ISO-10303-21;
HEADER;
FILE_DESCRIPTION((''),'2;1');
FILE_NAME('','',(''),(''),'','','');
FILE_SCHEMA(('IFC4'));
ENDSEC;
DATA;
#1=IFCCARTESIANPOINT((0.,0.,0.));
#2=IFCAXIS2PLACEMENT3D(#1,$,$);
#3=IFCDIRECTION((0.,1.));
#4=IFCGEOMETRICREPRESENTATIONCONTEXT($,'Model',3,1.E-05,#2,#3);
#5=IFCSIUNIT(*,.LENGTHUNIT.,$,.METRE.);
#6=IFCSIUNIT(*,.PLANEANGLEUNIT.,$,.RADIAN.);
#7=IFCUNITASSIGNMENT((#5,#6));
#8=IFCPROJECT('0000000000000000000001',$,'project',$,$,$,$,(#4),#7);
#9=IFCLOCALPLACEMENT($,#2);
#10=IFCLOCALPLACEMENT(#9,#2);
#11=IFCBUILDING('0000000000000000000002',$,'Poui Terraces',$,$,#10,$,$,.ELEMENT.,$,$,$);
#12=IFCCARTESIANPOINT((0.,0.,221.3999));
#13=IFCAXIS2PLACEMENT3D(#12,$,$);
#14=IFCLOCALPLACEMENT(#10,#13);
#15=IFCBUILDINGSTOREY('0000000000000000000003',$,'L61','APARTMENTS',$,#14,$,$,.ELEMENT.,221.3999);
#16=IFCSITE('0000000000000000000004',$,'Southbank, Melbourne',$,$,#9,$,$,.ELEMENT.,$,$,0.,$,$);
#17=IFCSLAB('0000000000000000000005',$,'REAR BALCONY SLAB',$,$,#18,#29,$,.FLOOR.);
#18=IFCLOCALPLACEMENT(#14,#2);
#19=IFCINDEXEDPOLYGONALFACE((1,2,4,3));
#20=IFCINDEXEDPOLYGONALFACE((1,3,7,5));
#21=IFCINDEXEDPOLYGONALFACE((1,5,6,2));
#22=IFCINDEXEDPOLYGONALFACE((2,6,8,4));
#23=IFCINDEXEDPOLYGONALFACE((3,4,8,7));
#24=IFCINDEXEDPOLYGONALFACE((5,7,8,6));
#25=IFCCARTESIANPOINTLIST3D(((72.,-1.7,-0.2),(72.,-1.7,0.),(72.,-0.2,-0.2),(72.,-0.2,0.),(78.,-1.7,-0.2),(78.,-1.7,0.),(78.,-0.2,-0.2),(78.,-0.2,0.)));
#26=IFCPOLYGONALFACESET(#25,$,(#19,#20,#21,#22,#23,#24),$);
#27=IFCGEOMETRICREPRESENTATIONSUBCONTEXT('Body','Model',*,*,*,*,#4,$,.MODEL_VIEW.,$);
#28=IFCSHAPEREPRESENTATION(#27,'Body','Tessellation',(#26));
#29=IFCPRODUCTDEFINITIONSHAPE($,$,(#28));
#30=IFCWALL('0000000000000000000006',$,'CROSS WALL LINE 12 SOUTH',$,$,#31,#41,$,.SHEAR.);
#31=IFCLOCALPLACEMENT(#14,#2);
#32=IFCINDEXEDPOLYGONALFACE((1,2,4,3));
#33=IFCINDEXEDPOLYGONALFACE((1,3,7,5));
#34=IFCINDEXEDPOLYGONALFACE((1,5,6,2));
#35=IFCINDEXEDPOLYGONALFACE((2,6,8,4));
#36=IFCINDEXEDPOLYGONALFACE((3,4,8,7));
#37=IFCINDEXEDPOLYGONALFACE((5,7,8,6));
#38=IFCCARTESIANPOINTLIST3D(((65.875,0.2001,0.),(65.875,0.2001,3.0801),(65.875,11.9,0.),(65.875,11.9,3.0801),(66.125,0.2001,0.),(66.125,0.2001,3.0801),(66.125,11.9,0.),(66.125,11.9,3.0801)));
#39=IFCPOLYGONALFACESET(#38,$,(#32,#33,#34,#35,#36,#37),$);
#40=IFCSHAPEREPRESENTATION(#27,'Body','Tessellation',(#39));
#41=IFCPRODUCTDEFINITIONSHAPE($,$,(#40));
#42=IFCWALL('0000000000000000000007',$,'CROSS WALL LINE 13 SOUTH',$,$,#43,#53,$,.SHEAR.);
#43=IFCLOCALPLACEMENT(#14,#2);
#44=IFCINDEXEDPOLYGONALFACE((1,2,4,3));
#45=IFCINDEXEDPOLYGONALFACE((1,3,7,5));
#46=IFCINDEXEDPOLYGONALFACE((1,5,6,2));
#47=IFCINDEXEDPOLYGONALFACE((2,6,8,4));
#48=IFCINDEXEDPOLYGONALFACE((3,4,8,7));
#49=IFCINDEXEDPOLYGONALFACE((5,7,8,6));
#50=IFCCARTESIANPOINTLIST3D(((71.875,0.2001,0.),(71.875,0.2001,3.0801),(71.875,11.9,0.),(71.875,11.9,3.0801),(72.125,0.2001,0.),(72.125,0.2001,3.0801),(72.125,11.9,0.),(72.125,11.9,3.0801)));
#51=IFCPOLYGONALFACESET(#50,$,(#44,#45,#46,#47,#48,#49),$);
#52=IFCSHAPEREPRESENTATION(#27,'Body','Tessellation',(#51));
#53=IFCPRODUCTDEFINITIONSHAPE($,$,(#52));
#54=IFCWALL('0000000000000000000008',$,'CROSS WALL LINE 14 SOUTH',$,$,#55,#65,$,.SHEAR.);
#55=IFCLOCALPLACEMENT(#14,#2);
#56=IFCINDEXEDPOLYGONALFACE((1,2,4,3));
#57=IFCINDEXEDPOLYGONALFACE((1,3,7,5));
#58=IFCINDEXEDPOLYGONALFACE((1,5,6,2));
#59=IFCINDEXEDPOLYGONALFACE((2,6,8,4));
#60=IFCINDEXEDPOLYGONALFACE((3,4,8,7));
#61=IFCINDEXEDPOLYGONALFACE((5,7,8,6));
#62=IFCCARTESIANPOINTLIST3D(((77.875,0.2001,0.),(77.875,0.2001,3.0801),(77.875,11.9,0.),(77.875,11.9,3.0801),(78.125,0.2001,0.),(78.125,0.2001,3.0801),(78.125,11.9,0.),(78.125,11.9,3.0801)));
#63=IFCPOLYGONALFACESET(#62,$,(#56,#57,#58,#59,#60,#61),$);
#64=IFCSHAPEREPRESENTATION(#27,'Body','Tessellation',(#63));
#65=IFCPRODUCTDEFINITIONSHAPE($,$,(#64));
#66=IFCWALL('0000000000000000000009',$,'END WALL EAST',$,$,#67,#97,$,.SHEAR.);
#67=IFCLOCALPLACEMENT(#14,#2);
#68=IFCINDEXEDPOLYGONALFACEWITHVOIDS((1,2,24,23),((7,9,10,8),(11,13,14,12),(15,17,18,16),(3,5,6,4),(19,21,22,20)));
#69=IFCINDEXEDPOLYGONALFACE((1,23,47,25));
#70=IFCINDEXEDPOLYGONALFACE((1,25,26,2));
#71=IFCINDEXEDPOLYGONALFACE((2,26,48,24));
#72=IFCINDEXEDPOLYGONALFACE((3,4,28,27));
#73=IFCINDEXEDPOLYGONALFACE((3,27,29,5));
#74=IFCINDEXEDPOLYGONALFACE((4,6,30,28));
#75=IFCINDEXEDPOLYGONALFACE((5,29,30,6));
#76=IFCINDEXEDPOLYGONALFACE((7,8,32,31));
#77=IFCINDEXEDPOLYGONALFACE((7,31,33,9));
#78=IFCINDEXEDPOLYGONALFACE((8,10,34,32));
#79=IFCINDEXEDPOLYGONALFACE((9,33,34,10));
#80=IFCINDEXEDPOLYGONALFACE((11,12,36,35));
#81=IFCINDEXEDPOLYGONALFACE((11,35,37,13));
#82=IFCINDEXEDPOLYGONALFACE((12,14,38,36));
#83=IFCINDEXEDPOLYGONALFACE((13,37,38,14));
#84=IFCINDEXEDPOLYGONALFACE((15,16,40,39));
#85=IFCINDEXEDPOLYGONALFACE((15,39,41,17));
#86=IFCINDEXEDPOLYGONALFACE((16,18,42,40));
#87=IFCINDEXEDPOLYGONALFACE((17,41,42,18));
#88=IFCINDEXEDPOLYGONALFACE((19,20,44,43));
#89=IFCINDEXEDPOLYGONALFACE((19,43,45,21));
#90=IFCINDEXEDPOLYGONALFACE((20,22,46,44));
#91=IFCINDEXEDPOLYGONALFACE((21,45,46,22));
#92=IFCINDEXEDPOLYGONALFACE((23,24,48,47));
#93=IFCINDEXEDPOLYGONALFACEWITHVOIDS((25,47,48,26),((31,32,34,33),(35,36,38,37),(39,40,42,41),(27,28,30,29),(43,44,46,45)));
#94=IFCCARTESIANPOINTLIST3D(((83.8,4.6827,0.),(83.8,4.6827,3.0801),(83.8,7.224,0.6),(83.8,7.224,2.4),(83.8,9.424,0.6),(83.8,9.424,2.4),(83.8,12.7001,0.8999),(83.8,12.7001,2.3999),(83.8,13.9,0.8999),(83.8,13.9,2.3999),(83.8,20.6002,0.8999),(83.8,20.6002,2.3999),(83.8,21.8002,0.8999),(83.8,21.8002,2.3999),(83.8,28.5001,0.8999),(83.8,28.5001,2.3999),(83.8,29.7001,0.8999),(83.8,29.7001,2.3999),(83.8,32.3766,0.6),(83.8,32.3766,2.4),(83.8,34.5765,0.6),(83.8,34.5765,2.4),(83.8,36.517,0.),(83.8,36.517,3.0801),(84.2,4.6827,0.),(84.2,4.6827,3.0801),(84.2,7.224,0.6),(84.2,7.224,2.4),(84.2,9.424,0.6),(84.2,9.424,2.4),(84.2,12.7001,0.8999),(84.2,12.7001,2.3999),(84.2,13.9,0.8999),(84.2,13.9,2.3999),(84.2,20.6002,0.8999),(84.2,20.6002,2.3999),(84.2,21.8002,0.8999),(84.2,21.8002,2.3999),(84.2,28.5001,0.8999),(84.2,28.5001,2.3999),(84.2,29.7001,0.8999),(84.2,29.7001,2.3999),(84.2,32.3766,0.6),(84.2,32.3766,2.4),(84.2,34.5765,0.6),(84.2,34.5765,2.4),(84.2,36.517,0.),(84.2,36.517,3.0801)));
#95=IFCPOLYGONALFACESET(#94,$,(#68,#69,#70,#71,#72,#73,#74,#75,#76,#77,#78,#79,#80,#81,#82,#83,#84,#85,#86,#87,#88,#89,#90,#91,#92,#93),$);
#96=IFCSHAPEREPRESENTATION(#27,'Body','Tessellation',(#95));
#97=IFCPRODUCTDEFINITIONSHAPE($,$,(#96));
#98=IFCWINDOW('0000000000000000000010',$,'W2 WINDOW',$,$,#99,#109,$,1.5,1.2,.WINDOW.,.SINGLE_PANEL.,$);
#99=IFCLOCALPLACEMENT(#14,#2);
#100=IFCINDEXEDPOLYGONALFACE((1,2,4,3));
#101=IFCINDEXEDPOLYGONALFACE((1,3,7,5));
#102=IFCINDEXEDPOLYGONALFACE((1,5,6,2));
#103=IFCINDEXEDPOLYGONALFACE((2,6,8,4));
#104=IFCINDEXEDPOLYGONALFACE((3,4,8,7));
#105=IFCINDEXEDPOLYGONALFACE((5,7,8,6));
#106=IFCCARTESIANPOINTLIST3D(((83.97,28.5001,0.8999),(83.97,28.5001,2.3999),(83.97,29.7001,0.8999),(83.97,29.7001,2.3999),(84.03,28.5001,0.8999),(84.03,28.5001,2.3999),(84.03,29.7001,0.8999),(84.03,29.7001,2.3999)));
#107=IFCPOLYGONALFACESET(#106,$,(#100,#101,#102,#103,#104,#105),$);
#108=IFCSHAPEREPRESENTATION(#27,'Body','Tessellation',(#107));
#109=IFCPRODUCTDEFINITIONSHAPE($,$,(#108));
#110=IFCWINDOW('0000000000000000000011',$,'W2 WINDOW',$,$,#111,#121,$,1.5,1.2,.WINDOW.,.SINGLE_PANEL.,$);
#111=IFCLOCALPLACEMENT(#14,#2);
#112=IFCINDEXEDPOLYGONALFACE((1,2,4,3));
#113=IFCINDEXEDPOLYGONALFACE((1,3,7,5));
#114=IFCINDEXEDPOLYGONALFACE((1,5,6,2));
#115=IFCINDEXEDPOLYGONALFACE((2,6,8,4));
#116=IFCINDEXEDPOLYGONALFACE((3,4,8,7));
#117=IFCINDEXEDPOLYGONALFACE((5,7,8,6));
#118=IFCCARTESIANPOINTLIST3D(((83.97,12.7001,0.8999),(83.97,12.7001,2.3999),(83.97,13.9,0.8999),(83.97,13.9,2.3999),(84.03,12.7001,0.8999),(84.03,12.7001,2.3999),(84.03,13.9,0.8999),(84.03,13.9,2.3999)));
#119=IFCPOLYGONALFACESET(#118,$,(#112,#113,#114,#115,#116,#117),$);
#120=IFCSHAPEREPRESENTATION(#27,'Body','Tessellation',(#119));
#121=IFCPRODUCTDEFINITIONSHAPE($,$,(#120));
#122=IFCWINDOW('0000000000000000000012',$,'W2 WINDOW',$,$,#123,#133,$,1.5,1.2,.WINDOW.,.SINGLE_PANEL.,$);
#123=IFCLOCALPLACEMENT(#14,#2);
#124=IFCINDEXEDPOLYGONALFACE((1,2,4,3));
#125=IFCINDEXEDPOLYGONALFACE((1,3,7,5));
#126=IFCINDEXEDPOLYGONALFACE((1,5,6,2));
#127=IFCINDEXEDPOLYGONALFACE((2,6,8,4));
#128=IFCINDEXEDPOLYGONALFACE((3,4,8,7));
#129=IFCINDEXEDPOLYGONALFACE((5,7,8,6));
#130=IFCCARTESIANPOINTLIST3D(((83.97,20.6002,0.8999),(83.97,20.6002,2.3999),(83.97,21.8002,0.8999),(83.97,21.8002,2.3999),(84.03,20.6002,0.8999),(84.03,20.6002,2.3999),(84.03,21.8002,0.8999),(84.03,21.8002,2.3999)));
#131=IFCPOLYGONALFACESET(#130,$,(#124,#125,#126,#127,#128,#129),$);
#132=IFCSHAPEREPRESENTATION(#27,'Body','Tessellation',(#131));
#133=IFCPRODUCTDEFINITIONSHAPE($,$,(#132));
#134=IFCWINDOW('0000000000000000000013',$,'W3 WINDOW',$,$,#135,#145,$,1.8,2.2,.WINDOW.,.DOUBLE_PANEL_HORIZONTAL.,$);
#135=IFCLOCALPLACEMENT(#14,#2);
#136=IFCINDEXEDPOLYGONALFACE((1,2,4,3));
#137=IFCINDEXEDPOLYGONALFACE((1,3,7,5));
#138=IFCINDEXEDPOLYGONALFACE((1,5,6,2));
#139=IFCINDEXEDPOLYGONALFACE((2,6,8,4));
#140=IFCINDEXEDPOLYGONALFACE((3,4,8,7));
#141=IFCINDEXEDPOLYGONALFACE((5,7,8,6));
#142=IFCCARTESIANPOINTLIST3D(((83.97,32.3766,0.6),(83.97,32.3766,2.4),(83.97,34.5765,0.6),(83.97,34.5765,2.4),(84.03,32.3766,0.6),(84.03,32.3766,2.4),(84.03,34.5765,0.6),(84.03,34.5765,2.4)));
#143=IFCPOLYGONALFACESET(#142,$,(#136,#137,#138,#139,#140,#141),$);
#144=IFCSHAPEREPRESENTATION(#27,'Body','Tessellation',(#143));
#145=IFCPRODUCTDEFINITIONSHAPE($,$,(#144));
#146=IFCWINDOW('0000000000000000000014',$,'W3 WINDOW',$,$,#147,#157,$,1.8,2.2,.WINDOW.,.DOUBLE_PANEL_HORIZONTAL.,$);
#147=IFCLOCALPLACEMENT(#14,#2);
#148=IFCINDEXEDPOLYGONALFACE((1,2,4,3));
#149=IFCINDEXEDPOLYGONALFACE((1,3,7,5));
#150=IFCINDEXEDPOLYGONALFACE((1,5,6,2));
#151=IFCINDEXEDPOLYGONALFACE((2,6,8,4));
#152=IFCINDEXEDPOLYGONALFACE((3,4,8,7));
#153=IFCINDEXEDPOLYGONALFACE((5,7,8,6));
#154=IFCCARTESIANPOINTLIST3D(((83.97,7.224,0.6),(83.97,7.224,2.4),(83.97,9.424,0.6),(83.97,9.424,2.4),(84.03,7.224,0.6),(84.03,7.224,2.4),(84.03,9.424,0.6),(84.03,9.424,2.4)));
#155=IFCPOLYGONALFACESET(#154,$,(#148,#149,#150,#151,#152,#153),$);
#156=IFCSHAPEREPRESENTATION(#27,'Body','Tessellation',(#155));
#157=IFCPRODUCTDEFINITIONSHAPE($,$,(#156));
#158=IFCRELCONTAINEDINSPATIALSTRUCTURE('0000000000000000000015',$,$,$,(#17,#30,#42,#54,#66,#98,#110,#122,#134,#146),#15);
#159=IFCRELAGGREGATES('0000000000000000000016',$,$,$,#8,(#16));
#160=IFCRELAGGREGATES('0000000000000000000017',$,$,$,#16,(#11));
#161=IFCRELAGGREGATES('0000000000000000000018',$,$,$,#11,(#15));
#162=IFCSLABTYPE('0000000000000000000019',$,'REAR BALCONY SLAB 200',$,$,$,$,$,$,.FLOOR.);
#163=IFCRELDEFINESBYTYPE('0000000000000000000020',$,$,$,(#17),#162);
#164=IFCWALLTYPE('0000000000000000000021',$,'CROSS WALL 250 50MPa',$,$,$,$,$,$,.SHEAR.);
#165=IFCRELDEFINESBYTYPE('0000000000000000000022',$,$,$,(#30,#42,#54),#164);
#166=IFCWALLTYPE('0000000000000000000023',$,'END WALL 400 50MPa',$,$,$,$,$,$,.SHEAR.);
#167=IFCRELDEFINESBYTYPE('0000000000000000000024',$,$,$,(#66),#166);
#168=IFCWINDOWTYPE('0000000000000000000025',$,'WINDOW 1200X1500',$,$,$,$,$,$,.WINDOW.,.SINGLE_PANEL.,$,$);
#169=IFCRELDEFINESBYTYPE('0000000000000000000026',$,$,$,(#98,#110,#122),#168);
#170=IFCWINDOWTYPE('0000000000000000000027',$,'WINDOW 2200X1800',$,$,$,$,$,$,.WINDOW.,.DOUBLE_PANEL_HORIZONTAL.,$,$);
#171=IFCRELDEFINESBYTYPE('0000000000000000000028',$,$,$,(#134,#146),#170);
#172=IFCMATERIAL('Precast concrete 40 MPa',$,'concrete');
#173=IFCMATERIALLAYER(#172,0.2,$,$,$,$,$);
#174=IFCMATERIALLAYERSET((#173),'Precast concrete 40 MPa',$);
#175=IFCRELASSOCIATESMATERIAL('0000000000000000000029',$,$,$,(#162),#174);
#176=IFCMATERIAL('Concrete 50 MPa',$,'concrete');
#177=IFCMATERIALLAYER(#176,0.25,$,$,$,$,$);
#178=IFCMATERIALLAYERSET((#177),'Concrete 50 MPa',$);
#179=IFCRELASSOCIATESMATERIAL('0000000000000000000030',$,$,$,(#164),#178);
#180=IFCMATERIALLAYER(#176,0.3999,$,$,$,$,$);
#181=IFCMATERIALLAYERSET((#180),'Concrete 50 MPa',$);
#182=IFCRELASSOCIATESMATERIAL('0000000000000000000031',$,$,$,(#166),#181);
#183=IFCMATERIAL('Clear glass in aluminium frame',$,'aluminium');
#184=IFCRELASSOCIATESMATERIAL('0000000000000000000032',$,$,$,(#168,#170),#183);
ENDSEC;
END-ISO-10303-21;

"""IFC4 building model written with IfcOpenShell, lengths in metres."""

from ifc_helpers import new_model, si_unit, direction, frame, frame_2d, origin, place, context, subcontext, project, spatial, polyline, rectangle, outline, extrude, source, transform, mapped, material, layer, layer_set, type_object, element, fill, save


model = new_model("IFC4")

# Units and contexts
model_context = context("Model", 3, precision=1e-05, world=origin(), true_north=direction((0.0, 1.0)))
body_context = subcontext(model_context, "Body", "Model", "MODEL_VIEW")
ifc_project = project(units=[si_unit("LENGTHUNIT", "METRE"), si_unit("PLANEANGLEUNIT", "RADIAN")], contexts=[model_context])

# Site, building, storey
site_placement = place(None, origin())
site = spatial("IfcSite", under=ifc_project, at=site_placement, Name="Southbank, Melbourne", CompositionType="ELEMENT", RefElevation=0.0)
building_placement = place(site_placement, origin())
building = spatial("IfcBuilding", under=site, at=building_placement, Name="Poui Terraces", CompositionType="ELEMENT")
storey_placement = place(building_placement, frame((0.0, 0.0, 221.3999)))
storey = spatial("IfcBuildingStorey", under=building, at=storey_placement, Name="L61", Description="APARTMENTS", CompositionType="ELEMENT", Elevation=221.3999)

# Slab
ifc_material_1 = material(Name="Precast concrete 40 MPa", Category="concrete")
ifc_layer_1 = layer(ifc_material_1, 0.2)
ifc_layer_set_1 = layer_set([ifc_layer_1], Name="Precast concrete 40 MPa")
slab_type = type_object("IfcSlabType", Name="REAR BALCONY SLAB 200", PredefinedType="FLOOR", material=ifc_layer_set_1)
shared_shape_1 = source(origin(), body_context, "Body", "SweptSolid", [
    extrude(outline(polyline([(0.0, 0.0), (6.0, 0.0), (6.0, 1.5), (0.0, 1.5), (0.0, 0.0)])), origin(), (0.0, 0.0, 1.0), 0.2),
])
slab_placement = place(storey_placement, frame((72.0, -1.7, -0.2)))
element("IfcSlab", 1, at=slab_placement, inside=storey, type_object=slab_type, Name="REAR BALCONY SLAB", PredefinedType="FLOOR", context=body_context, shape_type="MappedRepresentation", body=[
    mapped(shared_shape_1, transform((0.0, 0.0, 0.0))),
])

# Walls
ifc_material_2 = material(Name="Concrete 50 MPa", Category="concrete")
ifc_layer_2 = layer(ifc_material_2, 0.25)
ifc_layer_set_2 = layer_set([ifc_layer_2], Name="Concrete 50 MPa")
wall_type_1 = type_object("IfcWallType", Name="CROSS WALL 250 50MPa", PredefinedType="SHEAR", material=ifc_layer_set_2)
for number, where, z_axis, x_axis, name in (
    (2, (66.0, 0.2, 0.0), (0.0, 0.0, 1.0), (0.0, 1.0, 0.0), "CROSS WALL LINE 12 SOUTH"),
    (3, (72.0, 0.2, 0.0), (0.0, 0.0, 1.0), (0.0, 1.0, 0.0), "CROSS WALL LINE 13 SOUTH"),
    (4, (78.0, 0.2, 0.0), (0.0, 0.0, 1.0), (0.0, 1.0, 0.0), "CROSS WALL LINE 14 SOUTH"),
):
    element("IfcWall", number, at=place(storey_placement, frame(where, z_axis=z_axis, x_axis=x_axis)), inside=storey, type_object=wall_type_1, Name=name, PredefinedType="SHEAR", context=body_context, shape_type="SweptSolid", body=[
        extrude(rectangle(XDim=11.7, YDim=0.25, at=frame_2d((5.8501, 0.0))), origin(), (0.0, 0.0, 1.0), 3.0801),
    ])

# Wall, openings, windows
ifc_layer_3 = layer(ifc_material_2, 0.3999)
ifc_layer_set_3 = layer_set([ifc_layer_3], Name="Concrete 50 MPa")
wall_type_2 = type_object("IfcWallType", Name="END WALL 400 50MPa", PredefinedType="SHEAR", material=ifc_layer_set_3)
wall_1_placement = place(storey_placement, frame((84.0, 4.6829, 0.0), z_axis=(0.0, 0.0, 1.0), x_axis=(0.0, 1.0, 0.0)))
wall_1 = element("IfcWall", 5, at=wall_1_placement, inside=storey, type_object=wall_type_2, Name="END WALL EAST", PredefinedType="SHEAR", context=body_context, shape_type="SweptSolid", body=[
    extrude(rectangle(XDim=31.8342, YDim=0.3999, at=frame_2d((15.917, 0.0))), origin(), (0.0, 0.0, 1.0), 3.0801),
])
opening_1_placement = place(wall_1_placement, frame((23.8171, 0.0, 0.8999)))
opening_1 = element("IfcOpeningElement", 6, at=opening_1_placement, cuts=wall_1, PredefinedType="OPENING", context=body_context, shape_type="SweptSolid", body=[
    extrude(rectangle(XDim=1.2, YDim=1.5, at=frame_2d((0.6001, 0.75))), frame((0.0, 0.21, 0.0), z_axis=(0.0, -1.0, 0.0), x_axis=(1.0, 0.0, 0.0)), (0.0, 0.0, 1.0), 0.4199),
])
opening_2_placement = place(wall_1_placement, frame((8.0171, 0.0, 0.8999)))
opening_2 = element("IfcOpeningElement", 7, at=opening_2_placement, cuts=wall_1, PredefinedType="OPENING", context=body_context, shape_type="SweptSolid", body=[
    extrude(rectangle(XDim=1.2, YDim=1.5, at=frame_2d((0.6001, 0.75))), frame((0.0, 0.21, 0.0), z_axis=(0.0, -1.0, 0.0), x_axis=(1.0, 0.0, 0.0)), (0.0, 0.0, 1.0), 0.4199),
])
opening_3_placement = place(wall_1_placement, frame((27.6936, 0.0, 0.6001)))
opening_3 = element("IfcOpeningElement", 8, at=opening_3_placement, cuts=wall_1, PredefinedType="OPENING", context=body_context, shape_type="SweptSolid", body=[
    extrude(rectangle(XDim=2.2, YDim=1.8, at=frame_2d((1.1001, 0.8999))), frame((0.0, 0.21, 0.0), z_axis=(0.0, -1.0, 0.0), x_axis=(1.0, 0.0, 0.0)), (0.0, 0.0, 1.0), 0.4199),
])
opening_4_placement = place(wall_1_placement, frame((2.541, 0.0, 0.6001)))
opening_4 = element("IfcOpeningElement", 9, at=opening_4_placement, cuts=wall_1, PredefinedType="OPENING", context=body_context, shape_type="SweptSolid", body=[
    extrude(rectangle(XDim=2.2, YDim=1.8, at=frame_2d((1.1001, 0.8999))), frame((0.0, 0.21, 0.0), z_axis=(0.0, -1.0, 0.0), x_axis=(1.0, 0.0, 0.0)), (0.0, 0.0, 1.0), 0.4199),
])
opening_5_placement = place(wall_1_placement, frame((15.9172, 0.0, 0.8999)))
opening_5 = element("IfcOpeningElement", 10, at=opening_5_placement, cuts=wall_1, PredefinedType="OPENING", context=body_context, shape_type="SweptSolid", body=[
    extrude(rectangle(XDim=1.2, YDim=1.5, at=frame_2d((0.6001, 0.75))), frame((0.0, 0.21, 0.0), z_axis=(0.0, -1.0, 0.0), x_axis=(1.0, 0.0, 0.0)), (0.0, 0.0, 1.0), 0.4199),
])
ifc_material_3 = material(Name="Clear glass in aluminium frame", Category="aluminium")
window_type_1 = type_object("IfcWindowType", Name="WINDOW 1200X1500", PartitioningType="SINGLE_PANEL", PredefinedType="WINDOW", material=ifc_material_3)
window_1_placement = place(opening_1_placement, origin())
window_1 = element("IfcWindow", 11, at=window_1_placement, inside=storey, type_object=window_type_1, Name="W2 WINDOW", OverallHeight=1.5, OverallWidth=1.2, PartitioningType="SINGLE_PANEL", PredefinedType="WINDOW", context=body_context, shape_type="SweptSolid", body=[
    extrude(rectangle(XDim=1.2, YDim=1.5, at=frame_2d((0.6001, 0.75))), frame((0.0, 0.03, 0.0), z_axis=(0.0, -1.0, 0.0), x_axis=(1.0, 0.0, 0.0)), (0.0, 0.0, 1.0), 0.0601),
])
fill(opening_1, window_1)
window_2_placement = place(opening_2_placement, origin())
window_2 = element("IfcWindow", 12, at=window_2_placement, inside=storey, type_object=window_type_1, Name="W2 WINDOW", OverallHeight=1.5, OverallWidth=1.2, PartitioningType="SINGLE_PANEL", PredefinedType="WINDOW", context=body_context, shape_type="SweptSolid", body=[
    extrude(rectangle(XDim=1.2, YDim=1.5, at=frame_2d((0.6001, 0.75))), frame((0.0, 0.03, 0.0), z_axis=(0.0, -1.0, 0.0), x_axis=(1.0, 0.0, 0.0)), (0.0, 0.0, 1.0), 0.0601),
])
fill(opening_2, window_2)
window_3_placement = place(opening_5_placement, origin())
window_3 = element("IfcWindow", 13, at=window_3_placement, inside=storey, type_object=window_type_1, Name="W2 WINDOW", OverallHeight=1.5, OverallWidth=1.2, PartitioningType="SINGLE_PANEL", PredefinedType="WINDOW", context=body_context, shape_type="SweptSolid", body=[
    extrude(rectangle(XDim=1.2, YDim=1.5, at=frame_2d((0.6001, 0.75))), frame((0.0, 0.03, 0.0), z_axis=(0.0, -1.0, 0.0), x_axis=(1.0, 0.0, 0.0)), (0.0, 0.0, 1.0), 0.0601),
])
fill(opening_5, window_3)
window_type_2 = type_object("IfcWindowType", Name="WINDOW 2200X1800", PartitioningType="DOUBLE_PANEL_HORIZONTAL", PredefinedType="WINDOW", material=ifc_material_3)
window_4_placement = place(opening_3_placement, origin())
window_4 = element("IfcWindow", 14, at=window_4_placement, inside=storey, type_object=window_type_2, Name="W3 WINDOW", OverallHeight=1.8, OverallWidth=2.2, PartitioningType="DOUBLE_PANEL_HORIZONTAL", PredefinedType="WINDOW", context=body_context, shape_type="SweptSolid", body=[
    extrude(rectangle(XDim=2.2, YDim=1.8, at=frame_2d((1.1001, 0.8999))), frame((0.0, 0.03, 0.0), z_axis=(0.0, -1.0, 0.0), x_axis=(1.0, 0.0, 0.0)), (0.0, 0.0, 1.0), 0.0601),
])
fill(opening_3, window_4)
window_5_placement = place(opening_4_placement, origin())
window_5 = element("IfcWindow", 15, at=window_5_placement, inside=storey, type_object=window_type_2, Name="W3 WINDOW", OverallHeight=1.8, OverallWidth=2.2, PartitioningType="DOUBLE_PANEL_HORIZONTAL", PredefinedType="WINDOW", context=body_context, shape_type="SweptSolid", body=[
    extrude(rectangle(XDim=2.2, YDim=1.8, at=frame_2d((1.1001, 0.8999))), frame((0.0, 0.03, 0.0), z_axis=(0.0, -1.0, 0.0), x_axis=(1.0, 0.0, 0.0)), (0.0, 0.0, 1.0), 0.0601),
])
fill(opening_4, window_5)

save(model, "model.ifc")
